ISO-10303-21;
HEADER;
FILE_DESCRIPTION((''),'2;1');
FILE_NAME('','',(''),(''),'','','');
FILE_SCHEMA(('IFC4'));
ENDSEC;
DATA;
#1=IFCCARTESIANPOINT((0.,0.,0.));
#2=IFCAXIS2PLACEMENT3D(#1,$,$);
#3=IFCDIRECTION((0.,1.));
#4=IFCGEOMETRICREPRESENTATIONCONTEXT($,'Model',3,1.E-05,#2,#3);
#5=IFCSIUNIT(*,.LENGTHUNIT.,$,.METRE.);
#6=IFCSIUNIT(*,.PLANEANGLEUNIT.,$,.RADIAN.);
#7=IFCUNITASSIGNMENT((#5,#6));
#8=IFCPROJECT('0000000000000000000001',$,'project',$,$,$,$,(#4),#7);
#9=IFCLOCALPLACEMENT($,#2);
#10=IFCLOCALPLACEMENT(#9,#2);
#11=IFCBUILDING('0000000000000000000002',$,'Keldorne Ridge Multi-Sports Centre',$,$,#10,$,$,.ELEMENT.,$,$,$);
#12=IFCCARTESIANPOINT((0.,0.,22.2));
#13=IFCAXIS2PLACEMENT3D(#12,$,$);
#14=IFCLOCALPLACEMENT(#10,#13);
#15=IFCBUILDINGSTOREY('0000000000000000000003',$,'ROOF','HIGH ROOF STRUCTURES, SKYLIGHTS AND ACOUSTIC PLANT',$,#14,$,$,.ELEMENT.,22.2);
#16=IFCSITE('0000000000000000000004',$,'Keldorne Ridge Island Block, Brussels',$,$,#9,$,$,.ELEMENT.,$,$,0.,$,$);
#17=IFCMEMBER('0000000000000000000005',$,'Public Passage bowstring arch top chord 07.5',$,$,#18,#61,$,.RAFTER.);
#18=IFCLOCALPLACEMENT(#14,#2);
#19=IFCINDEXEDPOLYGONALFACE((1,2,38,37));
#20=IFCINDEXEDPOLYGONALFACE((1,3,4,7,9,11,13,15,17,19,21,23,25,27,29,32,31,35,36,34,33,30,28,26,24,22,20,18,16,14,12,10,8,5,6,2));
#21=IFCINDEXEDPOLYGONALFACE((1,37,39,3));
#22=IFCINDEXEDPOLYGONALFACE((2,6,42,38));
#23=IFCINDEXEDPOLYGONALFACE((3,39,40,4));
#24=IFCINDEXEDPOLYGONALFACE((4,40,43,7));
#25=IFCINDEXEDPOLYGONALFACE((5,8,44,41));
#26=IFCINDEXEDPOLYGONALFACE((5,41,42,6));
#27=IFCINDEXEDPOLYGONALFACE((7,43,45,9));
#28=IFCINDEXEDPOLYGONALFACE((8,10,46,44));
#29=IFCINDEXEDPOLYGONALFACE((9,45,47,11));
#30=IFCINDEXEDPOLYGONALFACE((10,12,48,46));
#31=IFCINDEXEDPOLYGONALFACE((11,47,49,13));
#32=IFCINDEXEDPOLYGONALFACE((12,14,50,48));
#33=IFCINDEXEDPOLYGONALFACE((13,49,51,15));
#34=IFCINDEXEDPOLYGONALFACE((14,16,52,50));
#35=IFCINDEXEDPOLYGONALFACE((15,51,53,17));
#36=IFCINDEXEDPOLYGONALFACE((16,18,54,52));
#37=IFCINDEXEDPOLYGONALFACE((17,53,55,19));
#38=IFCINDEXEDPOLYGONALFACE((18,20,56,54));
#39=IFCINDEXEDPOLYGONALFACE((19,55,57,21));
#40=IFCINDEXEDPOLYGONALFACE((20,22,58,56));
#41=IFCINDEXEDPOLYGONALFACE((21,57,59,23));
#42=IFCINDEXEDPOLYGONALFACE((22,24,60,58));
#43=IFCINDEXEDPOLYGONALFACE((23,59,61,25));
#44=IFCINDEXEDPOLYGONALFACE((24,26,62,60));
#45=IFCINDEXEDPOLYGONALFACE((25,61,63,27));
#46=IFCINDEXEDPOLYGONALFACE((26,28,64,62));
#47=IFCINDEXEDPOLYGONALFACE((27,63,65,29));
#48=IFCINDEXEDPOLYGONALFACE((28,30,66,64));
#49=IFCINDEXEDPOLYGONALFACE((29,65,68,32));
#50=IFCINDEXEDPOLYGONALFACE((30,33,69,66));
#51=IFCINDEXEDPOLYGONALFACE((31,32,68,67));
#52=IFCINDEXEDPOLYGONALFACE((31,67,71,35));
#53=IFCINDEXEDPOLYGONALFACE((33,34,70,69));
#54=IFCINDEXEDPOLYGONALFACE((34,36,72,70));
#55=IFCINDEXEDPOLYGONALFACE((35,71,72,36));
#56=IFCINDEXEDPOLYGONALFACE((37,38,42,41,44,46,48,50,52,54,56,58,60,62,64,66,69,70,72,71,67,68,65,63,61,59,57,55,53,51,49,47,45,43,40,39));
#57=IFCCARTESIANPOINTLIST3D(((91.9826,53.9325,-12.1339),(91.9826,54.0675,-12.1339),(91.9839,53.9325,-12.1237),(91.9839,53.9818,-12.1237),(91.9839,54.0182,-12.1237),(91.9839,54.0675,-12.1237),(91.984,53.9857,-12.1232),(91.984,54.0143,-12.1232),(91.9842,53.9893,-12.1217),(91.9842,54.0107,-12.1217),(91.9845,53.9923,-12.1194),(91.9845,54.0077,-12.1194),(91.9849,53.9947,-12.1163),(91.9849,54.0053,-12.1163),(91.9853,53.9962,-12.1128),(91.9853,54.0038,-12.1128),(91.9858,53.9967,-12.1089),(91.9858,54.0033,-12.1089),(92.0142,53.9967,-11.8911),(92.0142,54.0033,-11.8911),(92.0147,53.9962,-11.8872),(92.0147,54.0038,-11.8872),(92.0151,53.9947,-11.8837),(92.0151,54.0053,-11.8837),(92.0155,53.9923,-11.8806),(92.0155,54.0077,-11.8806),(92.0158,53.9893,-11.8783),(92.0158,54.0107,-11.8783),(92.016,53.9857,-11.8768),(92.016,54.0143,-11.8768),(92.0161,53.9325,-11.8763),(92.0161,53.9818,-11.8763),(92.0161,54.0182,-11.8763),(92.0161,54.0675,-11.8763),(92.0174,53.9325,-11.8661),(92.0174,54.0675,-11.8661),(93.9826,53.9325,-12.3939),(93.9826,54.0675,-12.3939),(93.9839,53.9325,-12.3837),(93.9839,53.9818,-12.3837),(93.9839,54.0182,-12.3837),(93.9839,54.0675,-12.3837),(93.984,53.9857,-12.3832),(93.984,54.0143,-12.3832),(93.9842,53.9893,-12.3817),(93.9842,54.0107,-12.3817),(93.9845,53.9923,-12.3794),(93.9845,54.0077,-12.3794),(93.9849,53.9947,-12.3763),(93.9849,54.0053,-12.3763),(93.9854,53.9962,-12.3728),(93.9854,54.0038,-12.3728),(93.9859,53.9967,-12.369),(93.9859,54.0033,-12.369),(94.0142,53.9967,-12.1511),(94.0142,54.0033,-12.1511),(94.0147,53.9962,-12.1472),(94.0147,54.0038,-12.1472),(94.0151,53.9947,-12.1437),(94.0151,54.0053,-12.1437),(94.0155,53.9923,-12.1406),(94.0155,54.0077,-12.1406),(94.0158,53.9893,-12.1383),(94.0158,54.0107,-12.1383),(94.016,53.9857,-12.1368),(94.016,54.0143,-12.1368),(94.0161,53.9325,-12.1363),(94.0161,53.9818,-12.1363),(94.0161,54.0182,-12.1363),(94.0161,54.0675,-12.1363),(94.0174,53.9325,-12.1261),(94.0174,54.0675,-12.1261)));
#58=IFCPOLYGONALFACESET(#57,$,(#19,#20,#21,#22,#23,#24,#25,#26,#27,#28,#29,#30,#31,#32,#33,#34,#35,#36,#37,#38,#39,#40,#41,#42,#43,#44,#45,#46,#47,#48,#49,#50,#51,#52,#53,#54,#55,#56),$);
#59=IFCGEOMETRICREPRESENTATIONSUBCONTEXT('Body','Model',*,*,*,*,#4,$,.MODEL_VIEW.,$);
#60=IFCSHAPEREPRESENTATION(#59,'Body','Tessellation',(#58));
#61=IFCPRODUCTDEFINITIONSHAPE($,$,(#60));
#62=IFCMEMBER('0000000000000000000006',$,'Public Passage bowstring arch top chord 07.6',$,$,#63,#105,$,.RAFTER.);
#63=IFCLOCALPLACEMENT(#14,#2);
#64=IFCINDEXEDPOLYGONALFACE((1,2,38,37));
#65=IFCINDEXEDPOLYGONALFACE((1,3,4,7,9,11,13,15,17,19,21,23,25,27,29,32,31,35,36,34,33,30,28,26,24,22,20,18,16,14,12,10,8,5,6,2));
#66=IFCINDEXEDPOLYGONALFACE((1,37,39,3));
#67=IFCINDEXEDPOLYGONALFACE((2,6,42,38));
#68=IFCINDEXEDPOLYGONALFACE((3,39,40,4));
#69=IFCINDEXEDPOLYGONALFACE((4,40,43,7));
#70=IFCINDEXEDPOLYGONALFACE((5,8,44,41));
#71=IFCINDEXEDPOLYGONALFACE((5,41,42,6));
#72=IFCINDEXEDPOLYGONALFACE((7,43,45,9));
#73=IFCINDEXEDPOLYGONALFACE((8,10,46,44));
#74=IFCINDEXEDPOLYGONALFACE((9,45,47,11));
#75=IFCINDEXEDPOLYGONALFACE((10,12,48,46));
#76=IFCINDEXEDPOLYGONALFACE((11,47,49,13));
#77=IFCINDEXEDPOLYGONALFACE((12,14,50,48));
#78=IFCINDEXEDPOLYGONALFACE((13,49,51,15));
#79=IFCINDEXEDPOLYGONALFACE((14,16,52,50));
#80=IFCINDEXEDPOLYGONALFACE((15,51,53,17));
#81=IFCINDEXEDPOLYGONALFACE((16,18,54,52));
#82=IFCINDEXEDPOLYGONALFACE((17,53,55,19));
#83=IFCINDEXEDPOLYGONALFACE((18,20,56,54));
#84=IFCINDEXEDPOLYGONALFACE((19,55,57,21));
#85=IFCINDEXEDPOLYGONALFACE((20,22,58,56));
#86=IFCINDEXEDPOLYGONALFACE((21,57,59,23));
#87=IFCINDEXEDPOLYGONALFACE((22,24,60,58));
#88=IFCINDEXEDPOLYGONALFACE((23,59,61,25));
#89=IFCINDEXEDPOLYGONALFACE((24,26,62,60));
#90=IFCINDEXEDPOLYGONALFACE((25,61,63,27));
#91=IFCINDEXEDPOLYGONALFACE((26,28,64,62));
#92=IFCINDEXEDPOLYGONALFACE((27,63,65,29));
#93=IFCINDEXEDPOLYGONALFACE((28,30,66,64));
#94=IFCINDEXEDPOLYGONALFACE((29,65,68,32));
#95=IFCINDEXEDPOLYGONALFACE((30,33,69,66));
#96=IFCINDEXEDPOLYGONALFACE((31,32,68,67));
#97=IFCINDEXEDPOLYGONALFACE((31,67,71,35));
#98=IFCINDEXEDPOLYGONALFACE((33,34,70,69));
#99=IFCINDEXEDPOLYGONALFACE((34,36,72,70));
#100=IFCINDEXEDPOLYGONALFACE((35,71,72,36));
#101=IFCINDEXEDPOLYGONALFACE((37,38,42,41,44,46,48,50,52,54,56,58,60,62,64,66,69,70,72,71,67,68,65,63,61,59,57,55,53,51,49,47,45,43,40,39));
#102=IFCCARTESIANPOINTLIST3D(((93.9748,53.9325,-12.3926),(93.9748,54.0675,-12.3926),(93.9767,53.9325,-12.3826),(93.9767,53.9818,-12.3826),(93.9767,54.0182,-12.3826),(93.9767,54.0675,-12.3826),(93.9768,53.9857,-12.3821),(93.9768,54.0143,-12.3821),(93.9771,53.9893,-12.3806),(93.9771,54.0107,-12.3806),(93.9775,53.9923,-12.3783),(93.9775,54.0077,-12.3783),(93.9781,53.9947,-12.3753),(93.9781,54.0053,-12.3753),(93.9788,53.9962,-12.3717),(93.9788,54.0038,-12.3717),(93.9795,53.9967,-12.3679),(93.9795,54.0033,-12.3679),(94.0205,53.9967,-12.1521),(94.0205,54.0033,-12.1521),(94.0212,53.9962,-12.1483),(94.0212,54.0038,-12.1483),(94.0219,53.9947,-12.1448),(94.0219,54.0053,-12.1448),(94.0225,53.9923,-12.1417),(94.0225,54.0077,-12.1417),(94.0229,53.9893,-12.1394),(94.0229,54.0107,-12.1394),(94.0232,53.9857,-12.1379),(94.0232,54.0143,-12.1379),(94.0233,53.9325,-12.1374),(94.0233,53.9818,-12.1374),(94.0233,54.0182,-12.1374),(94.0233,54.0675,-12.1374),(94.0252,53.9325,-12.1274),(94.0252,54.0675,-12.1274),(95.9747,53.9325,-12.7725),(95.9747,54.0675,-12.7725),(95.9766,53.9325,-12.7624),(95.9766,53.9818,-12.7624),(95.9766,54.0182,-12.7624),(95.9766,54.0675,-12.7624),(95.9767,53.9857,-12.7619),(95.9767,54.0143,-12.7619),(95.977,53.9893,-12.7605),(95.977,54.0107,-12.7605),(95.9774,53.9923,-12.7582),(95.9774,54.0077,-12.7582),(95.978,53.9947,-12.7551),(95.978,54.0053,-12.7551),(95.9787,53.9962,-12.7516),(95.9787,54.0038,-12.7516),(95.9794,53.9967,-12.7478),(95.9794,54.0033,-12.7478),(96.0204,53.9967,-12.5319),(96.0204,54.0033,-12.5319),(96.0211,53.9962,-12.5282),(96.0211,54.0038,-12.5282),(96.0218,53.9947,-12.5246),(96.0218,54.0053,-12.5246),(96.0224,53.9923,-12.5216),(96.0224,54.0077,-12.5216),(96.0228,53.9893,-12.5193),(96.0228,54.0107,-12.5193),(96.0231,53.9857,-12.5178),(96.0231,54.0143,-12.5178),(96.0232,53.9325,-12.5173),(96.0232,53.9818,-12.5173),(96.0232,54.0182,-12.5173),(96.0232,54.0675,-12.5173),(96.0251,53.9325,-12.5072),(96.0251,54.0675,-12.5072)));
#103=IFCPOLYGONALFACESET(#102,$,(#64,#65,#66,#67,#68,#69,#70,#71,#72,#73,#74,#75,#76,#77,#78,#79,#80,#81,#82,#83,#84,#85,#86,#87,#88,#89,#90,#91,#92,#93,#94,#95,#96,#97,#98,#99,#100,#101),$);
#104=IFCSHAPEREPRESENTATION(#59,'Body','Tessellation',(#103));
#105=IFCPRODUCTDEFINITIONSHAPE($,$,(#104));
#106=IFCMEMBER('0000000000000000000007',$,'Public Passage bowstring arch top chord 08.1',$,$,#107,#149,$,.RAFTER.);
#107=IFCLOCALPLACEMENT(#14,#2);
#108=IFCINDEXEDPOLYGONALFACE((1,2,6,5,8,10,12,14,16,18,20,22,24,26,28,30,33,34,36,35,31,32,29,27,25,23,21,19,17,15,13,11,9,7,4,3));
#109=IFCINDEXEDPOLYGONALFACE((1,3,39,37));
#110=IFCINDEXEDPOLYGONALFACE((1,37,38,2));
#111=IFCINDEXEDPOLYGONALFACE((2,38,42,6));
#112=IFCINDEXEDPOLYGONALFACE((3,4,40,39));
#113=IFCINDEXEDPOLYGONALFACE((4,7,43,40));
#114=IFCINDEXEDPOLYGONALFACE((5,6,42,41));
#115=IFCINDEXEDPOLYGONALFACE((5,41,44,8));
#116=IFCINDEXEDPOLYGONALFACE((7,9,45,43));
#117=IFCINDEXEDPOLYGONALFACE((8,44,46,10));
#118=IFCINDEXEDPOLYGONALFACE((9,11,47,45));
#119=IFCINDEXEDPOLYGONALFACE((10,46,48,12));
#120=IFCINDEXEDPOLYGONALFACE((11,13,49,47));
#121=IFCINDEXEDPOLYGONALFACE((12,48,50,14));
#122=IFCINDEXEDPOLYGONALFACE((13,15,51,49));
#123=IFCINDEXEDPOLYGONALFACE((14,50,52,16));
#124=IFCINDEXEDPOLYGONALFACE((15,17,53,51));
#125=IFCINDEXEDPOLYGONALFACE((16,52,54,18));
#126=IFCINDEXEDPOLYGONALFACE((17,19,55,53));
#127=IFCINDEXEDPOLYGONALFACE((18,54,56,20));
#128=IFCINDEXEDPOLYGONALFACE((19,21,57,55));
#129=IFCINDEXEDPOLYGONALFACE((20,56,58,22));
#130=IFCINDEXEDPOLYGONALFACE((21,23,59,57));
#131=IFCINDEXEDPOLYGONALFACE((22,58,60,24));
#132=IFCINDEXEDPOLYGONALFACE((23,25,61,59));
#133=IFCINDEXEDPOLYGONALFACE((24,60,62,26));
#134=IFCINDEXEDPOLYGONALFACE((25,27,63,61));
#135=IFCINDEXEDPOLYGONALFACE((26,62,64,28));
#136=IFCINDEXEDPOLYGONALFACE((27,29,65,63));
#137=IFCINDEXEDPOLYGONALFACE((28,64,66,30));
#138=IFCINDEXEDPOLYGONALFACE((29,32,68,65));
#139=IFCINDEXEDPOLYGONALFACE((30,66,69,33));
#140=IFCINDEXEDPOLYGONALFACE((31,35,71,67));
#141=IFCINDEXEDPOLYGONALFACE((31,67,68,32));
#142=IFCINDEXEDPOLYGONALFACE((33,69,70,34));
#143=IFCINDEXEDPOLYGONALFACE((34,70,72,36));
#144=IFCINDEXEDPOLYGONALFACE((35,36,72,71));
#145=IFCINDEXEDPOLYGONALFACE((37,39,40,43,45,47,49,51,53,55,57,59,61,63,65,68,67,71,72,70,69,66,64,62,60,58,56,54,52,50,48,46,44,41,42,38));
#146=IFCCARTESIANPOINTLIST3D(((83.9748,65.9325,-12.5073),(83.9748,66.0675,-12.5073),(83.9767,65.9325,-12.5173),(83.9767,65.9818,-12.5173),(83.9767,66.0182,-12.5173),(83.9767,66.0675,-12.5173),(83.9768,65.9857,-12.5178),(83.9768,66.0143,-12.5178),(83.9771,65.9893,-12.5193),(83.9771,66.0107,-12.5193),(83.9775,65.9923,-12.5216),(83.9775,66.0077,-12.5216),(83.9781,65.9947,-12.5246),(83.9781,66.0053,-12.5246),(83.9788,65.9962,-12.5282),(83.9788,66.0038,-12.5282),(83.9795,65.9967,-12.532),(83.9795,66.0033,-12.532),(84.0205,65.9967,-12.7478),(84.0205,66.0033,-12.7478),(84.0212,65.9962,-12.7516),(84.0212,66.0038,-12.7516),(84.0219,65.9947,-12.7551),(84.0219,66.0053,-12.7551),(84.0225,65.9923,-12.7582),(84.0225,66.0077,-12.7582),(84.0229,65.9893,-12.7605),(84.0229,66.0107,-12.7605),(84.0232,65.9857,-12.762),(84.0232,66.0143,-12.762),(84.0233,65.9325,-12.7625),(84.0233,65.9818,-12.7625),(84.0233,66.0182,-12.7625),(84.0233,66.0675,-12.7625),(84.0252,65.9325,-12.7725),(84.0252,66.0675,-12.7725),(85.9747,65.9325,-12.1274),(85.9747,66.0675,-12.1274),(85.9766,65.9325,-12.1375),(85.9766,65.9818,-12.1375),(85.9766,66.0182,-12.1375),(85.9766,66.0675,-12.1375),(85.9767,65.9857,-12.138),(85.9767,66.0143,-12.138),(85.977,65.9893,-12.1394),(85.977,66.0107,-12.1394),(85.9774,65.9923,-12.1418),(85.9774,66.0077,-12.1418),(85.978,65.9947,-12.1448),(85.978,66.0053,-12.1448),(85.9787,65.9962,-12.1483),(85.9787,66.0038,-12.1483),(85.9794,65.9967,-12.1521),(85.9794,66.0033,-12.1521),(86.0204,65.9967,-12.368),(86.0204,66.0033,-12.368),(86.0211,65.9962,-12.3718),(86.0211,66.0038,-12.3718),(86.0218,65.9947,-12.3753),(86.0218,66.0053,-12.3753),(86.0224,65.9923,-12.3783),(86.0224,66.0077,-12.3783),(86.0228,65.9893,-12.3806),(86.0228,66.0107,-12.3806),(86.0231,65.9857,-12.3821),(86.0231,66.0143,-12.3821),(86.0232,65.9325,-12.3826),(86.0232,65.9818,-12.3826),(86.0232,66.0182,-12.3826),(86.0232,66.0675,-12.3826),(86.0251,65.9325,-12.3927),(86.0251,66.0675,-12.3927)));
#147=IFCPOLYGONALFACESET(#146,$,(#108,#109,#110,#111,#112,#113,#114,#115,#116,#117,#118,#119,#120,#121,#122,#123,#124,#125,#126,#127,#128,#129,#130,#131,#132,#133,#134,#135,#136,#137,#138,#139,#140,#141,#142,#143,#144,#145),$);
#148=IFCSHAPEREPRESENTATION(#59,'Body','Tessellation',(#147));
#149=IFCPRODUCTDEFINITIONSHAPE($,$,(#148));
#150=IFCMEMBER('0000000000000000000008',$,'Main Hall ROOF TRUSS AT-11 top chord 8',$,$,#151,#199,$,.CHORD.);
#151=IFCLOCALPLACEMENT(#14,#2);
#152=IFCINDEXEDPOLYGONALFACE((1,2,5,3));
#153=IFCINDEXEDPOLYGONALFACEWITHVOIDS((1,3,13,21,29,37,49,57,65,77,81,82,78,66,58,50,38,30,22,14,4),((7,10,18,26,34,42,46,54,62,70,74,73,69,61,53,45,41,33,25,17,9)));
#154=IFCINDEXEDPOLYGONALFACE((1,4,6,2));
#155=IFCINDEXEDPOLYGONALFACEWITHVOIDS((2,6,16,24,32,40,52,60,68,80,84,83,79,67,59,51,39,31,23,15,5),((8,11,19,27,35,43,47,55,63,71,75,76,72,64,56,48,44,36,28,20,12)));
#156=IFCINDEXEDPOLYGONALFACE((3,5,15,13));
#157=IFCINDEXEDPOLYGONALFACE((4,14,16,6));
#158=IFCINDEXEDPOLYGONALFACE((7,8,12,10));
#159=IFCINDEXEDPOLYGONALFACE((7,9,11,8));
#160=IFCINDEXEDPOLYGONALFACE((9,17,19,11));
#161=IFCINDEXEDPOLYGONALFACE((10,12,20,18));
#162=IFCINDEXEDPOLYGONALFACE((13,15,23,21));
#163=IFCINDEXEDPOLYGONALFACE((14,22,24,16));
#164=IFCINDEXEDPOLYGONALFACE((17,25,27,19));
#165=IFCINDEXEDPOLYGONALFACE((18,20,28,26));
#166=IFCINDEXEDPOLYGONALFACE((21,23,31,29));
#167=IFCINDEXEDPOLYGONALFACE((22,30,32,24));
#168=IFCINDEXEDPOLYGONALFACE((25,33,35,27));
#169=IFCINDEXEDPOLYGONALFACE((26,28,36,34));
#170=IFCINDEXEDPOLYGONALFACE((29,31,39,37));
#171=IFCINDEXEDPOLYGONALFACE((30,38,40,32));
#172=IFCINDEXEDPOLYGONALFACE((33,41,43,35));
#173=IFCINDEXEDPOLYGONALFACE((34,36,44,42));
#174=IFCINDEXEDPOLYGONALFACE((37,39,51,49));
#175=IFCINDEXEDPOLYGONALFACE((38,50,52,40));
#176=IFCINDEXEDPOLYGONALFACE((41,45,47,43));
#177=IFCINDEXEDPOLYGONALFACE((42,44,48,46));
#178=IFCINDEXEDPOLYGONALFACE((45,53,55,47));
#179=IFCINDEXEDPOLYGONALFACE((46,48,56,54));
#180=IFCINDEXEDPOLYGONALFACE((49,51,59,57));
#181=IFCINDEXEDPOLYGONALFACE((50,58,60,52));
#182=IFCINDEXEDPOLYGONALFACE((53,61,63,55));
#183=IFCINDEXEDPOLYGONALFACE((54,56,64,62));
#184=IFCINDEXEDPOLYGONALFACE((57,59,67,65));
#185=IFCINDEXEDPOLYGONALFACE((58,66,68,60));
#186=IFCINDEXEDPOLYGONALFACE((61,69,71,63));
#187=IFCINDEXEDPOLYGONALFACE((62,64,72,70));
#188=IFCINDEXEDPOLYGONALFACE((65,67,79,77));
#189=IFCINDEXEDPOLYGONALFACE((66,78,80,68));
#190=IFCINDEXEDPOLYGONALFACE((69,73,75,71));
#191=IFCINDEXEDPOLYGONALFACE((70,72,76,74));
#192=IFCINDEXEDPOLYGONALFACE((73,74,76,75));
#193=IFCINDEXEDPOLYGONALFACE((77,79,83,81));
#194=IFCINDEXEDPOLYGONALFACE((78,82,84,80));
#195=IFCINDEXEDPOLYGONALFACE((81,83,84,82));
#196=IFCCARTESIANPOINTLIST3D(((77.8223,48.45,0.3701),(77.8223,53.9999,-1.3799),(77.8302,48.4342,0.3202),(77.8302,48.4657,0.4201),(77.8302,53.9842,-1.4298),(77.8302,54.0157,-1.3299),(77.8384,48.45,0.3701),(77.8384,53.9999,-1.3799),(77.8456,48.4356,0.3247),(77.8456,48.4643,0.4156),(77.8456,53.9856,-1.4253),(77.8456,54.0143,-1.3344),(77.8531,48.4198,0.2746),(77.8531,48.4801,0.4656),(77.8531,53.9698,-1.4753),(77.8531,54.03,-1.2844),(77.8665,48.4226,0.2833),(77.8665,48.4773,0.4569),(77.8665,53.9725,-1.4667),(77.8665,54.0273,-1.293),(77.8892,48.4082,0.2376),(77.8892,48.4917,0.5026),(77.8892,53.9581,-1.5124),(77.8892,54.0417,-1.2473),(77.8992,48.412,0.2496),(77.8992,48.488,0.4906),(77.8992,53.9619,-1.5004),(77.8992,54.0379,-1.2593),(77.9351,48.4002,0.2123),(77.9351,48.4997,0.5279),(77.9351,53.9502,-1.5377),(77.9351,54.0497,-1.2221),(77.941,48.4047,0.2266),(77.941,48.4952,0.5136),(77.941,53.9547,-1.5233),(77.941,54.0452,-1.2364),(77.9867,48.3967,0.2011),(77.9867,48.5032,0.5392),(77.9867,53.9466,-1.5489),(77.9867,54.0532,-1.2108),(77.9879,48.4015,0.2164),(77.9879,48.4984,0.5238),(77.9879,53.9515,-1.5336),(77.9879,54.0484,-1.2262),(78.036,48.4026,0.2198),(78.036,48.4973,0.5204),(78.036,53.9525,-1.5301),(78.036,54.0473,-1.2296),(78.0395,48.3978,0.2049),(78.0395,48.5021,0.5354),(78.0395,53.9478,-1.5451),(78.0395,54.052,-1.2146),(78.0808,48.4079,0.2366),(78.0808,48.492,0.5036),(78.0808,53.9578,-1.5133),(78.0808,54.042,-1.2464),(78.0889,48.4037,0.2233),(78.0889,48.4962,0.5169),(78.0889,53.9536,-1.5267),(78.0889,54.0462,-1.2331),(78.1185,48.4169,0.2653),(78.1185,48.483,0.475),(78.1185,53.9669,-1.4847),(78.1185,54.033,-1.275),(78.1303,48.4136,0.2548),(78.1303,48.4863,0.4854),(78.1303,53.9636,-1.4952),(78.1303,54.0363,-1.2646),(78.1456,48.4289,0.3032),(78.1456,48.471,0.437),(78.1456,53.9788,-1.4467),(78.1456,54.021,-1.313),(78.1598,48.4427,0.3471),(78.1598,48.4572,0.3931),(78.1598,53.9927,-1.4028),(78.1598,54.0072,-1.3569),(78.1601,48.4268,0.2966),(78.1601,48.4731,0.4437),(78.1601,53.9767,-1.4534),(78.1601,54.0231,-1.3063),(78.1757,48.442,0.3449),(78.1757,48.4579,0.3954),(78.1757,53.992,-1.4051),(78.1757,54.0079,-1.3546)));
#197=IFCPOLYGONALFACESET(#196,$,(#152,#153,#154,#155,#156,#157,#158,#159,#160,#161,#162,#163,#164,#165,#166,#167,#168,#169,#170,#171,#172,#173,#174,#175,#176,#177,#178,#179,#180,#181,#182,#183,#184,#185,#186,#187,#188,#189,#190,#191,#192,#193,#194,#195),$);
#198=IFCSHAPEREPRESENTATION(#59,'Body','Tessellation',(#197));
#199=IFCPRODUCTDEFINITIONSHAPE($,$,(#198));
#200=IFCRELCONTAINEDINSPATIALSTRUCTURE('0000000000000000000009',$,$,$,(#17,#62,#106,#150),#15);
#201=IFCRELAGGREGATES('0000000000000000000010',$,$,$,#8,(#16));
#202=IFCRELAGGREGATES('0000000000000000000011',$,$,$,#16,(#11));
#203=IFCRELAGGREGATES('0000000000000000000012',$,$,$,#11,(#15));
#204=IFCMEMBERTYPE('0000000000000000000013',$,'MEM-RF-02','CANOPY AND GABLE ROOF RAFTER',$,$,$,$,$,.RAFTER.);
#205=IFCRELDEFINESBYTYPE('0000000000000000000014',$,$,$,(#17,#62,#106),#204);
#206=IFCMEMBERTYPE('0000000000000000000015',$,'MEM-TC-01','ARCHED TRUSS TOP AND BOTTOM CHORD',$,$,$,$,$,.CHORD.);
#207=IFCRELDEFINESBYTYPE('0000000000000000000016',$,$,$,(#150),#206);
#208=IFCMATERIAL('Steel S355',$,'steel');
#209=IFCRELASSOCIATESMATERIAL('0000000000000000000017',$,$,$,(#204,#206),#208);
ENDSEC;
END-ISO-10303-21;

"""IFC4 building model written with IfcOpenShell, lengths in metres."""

from ifc_helpers import new_model, si_unit, direction, frame, origin, origin_2d, place, context, subcontext, project, spatial, hollow_circle, i_section, extrude, material, material_profile, profile_set, type_object, element, save


model = new_model("IFC4")

# Units and contexts
model_context = context("Model", 3, precision=1e-05, world=origin(), true_north=direction((0.0, 1.0)))
body_context = subcontext(model_context, "Body", "Model", "MODEL_VIEW")
ifc_project = project(units=[si_unit("LENGTHUNIT", "METRE"), si_unit("PLANEANGLEUNIT", "RADIAN")], contexts=[model_context])

# Site, building, storey
site_placement = place(None, origin())
site = spatial("IfcSite", under=ifc_project, at=site_placement, Name="Keldorne Ridge Island Block, Brussels", CompositionType="ELEMENT", RefElevation=0.0)
building_placement = place(site_placement, origin())
building = spatial("IfcBuilding", under=site, at=building_placement, Name="Keldorne Ridge Multi-Sports Centre", CompositionType="ELEMENT")
storey_placement = place(building_placement, frame((0.0, 0.0, 22.2)))
storey = spatial("IfcBuildingStorey", under=building, at=storey_placement, Name="ROOF", Description="HIGH ROOF STRUCTURES, SKYLIGHTS AND ACOUSTIC PLANT", CompositionType="ELEMENT", Elevation=22.2)

# Members
ifc_material = material(Name="Steel S355", Category="steel")
ifc_material_profile_1 = material_profile(ifc_material, i_section(OverallWidth=0.135, OverallDepth=0.27, WebThickness=0.0066, FlangeThickness=0.0103, FilletRadius=0.0149, at=origin_2d()), Name="IPE 270")
ifc_profile_set_1 = profile_set([ifc_material_profile_1], Name="Steel S355")
member_type_1 = type_object("IfcMemberType", Name="MEM-RF-02", Description="CANOPY AND GABLE ROOF RAFTER", PredefinedType="RAFTER", material=ifc_profile_set_1)
member_1_placement = place(storey_placement, frame((92.0, 54.0, -12.0), z_axis=(0.991655, 0.0, -0.12892), x_axis=(0.0, 1.0, 0.0)))
element("IfcMember", 1, at=member_1_placement, inside=storey, type_object=member_type_1, Name="Public Passage bowstring arch top chord 07.5", PredefinedType="RAFTER", context=body_context, shape_type="SweptSolid", body=[
    extrude(i_section(OverallWidth=0.135, OverallDepth=0.27, WebThickness=0.0066, FlangeThickness=0.0103, FilletRadius=0.0149, at=origin_2d()), origin(), (0.0, 0.0, 1.0), 2.0168),
])
for number, where, z_axis, x_axis, name in (
    (2, (94.0, 54.0, -12.26), (0.982435, 0.0, -0.186605), (0.0, 1.0, 0.0), "Public Passage bowstring arch top chord 07.6"),
    (3, (84.0, 66.0, -12.6399), (0.982435, 0.0, 0.186605), (0.0, 1.0, 0.0), "Public Passage bowstring arch top chord 08.1"),
):
    element("IfcMember", number, at=place(storey_placement, frame(where, z_axis=z_axis, x_axis=x_axis)), inside=storey, type_object=member_type_1, Name=name, PredefinedType="RAFTER", context=body_context, shape_type="SweptSolid", body=[
        extrude(i_section(OverallWidth=0.135, OverallDepth=0.27, WebThickness=0.0066, FlangeThickness=0.0103, FilletRadius=0.0149, at=origin_2d()), origin(), (0.0, 0.0, 1.0), 2.0356),
    ])
ifc_material_profile_2 = material_profile(ifc_material, hollow_circle(Radius=0.1777, WallThickness=0.0161, at=origin_2d()), Name="CHS 355.6x16")
ifc_profile_set_2 = profile_set([ifc_material_profile_2], Name="Steel S355")
member_type_2 = type_object("IfcMemberType", Name="MEM-TC-01", Description="ARCHED TRUSS TOP AND BOTTOM CHORD", PredefinedType="CHORD", material=ifc_profile_set_2)
member_2_placement = place(storey_placement, frame((78.0, 48.45, 0.3701), z_axis=(0.0, 0.953713, -0.300718), x_axis=(-1.0, 0.0, 0.0)))
element("IfcMember", 4, at=member_2_placement, inside=storey, type_object=member_type_2, Name="Main Hall ROOF TRUSS AT-11 top chord 8", PredefinedType="CHORD", context=body_context, shape_type="SweptSolid", body=[
    extrude(hollow_circle(Radius=0.1777, WallThickness=0.0161, at=origin_2d()), origin(), (0.0, 0.0, 1.0), 5.8193),
])

save(model, "model.ifc")
